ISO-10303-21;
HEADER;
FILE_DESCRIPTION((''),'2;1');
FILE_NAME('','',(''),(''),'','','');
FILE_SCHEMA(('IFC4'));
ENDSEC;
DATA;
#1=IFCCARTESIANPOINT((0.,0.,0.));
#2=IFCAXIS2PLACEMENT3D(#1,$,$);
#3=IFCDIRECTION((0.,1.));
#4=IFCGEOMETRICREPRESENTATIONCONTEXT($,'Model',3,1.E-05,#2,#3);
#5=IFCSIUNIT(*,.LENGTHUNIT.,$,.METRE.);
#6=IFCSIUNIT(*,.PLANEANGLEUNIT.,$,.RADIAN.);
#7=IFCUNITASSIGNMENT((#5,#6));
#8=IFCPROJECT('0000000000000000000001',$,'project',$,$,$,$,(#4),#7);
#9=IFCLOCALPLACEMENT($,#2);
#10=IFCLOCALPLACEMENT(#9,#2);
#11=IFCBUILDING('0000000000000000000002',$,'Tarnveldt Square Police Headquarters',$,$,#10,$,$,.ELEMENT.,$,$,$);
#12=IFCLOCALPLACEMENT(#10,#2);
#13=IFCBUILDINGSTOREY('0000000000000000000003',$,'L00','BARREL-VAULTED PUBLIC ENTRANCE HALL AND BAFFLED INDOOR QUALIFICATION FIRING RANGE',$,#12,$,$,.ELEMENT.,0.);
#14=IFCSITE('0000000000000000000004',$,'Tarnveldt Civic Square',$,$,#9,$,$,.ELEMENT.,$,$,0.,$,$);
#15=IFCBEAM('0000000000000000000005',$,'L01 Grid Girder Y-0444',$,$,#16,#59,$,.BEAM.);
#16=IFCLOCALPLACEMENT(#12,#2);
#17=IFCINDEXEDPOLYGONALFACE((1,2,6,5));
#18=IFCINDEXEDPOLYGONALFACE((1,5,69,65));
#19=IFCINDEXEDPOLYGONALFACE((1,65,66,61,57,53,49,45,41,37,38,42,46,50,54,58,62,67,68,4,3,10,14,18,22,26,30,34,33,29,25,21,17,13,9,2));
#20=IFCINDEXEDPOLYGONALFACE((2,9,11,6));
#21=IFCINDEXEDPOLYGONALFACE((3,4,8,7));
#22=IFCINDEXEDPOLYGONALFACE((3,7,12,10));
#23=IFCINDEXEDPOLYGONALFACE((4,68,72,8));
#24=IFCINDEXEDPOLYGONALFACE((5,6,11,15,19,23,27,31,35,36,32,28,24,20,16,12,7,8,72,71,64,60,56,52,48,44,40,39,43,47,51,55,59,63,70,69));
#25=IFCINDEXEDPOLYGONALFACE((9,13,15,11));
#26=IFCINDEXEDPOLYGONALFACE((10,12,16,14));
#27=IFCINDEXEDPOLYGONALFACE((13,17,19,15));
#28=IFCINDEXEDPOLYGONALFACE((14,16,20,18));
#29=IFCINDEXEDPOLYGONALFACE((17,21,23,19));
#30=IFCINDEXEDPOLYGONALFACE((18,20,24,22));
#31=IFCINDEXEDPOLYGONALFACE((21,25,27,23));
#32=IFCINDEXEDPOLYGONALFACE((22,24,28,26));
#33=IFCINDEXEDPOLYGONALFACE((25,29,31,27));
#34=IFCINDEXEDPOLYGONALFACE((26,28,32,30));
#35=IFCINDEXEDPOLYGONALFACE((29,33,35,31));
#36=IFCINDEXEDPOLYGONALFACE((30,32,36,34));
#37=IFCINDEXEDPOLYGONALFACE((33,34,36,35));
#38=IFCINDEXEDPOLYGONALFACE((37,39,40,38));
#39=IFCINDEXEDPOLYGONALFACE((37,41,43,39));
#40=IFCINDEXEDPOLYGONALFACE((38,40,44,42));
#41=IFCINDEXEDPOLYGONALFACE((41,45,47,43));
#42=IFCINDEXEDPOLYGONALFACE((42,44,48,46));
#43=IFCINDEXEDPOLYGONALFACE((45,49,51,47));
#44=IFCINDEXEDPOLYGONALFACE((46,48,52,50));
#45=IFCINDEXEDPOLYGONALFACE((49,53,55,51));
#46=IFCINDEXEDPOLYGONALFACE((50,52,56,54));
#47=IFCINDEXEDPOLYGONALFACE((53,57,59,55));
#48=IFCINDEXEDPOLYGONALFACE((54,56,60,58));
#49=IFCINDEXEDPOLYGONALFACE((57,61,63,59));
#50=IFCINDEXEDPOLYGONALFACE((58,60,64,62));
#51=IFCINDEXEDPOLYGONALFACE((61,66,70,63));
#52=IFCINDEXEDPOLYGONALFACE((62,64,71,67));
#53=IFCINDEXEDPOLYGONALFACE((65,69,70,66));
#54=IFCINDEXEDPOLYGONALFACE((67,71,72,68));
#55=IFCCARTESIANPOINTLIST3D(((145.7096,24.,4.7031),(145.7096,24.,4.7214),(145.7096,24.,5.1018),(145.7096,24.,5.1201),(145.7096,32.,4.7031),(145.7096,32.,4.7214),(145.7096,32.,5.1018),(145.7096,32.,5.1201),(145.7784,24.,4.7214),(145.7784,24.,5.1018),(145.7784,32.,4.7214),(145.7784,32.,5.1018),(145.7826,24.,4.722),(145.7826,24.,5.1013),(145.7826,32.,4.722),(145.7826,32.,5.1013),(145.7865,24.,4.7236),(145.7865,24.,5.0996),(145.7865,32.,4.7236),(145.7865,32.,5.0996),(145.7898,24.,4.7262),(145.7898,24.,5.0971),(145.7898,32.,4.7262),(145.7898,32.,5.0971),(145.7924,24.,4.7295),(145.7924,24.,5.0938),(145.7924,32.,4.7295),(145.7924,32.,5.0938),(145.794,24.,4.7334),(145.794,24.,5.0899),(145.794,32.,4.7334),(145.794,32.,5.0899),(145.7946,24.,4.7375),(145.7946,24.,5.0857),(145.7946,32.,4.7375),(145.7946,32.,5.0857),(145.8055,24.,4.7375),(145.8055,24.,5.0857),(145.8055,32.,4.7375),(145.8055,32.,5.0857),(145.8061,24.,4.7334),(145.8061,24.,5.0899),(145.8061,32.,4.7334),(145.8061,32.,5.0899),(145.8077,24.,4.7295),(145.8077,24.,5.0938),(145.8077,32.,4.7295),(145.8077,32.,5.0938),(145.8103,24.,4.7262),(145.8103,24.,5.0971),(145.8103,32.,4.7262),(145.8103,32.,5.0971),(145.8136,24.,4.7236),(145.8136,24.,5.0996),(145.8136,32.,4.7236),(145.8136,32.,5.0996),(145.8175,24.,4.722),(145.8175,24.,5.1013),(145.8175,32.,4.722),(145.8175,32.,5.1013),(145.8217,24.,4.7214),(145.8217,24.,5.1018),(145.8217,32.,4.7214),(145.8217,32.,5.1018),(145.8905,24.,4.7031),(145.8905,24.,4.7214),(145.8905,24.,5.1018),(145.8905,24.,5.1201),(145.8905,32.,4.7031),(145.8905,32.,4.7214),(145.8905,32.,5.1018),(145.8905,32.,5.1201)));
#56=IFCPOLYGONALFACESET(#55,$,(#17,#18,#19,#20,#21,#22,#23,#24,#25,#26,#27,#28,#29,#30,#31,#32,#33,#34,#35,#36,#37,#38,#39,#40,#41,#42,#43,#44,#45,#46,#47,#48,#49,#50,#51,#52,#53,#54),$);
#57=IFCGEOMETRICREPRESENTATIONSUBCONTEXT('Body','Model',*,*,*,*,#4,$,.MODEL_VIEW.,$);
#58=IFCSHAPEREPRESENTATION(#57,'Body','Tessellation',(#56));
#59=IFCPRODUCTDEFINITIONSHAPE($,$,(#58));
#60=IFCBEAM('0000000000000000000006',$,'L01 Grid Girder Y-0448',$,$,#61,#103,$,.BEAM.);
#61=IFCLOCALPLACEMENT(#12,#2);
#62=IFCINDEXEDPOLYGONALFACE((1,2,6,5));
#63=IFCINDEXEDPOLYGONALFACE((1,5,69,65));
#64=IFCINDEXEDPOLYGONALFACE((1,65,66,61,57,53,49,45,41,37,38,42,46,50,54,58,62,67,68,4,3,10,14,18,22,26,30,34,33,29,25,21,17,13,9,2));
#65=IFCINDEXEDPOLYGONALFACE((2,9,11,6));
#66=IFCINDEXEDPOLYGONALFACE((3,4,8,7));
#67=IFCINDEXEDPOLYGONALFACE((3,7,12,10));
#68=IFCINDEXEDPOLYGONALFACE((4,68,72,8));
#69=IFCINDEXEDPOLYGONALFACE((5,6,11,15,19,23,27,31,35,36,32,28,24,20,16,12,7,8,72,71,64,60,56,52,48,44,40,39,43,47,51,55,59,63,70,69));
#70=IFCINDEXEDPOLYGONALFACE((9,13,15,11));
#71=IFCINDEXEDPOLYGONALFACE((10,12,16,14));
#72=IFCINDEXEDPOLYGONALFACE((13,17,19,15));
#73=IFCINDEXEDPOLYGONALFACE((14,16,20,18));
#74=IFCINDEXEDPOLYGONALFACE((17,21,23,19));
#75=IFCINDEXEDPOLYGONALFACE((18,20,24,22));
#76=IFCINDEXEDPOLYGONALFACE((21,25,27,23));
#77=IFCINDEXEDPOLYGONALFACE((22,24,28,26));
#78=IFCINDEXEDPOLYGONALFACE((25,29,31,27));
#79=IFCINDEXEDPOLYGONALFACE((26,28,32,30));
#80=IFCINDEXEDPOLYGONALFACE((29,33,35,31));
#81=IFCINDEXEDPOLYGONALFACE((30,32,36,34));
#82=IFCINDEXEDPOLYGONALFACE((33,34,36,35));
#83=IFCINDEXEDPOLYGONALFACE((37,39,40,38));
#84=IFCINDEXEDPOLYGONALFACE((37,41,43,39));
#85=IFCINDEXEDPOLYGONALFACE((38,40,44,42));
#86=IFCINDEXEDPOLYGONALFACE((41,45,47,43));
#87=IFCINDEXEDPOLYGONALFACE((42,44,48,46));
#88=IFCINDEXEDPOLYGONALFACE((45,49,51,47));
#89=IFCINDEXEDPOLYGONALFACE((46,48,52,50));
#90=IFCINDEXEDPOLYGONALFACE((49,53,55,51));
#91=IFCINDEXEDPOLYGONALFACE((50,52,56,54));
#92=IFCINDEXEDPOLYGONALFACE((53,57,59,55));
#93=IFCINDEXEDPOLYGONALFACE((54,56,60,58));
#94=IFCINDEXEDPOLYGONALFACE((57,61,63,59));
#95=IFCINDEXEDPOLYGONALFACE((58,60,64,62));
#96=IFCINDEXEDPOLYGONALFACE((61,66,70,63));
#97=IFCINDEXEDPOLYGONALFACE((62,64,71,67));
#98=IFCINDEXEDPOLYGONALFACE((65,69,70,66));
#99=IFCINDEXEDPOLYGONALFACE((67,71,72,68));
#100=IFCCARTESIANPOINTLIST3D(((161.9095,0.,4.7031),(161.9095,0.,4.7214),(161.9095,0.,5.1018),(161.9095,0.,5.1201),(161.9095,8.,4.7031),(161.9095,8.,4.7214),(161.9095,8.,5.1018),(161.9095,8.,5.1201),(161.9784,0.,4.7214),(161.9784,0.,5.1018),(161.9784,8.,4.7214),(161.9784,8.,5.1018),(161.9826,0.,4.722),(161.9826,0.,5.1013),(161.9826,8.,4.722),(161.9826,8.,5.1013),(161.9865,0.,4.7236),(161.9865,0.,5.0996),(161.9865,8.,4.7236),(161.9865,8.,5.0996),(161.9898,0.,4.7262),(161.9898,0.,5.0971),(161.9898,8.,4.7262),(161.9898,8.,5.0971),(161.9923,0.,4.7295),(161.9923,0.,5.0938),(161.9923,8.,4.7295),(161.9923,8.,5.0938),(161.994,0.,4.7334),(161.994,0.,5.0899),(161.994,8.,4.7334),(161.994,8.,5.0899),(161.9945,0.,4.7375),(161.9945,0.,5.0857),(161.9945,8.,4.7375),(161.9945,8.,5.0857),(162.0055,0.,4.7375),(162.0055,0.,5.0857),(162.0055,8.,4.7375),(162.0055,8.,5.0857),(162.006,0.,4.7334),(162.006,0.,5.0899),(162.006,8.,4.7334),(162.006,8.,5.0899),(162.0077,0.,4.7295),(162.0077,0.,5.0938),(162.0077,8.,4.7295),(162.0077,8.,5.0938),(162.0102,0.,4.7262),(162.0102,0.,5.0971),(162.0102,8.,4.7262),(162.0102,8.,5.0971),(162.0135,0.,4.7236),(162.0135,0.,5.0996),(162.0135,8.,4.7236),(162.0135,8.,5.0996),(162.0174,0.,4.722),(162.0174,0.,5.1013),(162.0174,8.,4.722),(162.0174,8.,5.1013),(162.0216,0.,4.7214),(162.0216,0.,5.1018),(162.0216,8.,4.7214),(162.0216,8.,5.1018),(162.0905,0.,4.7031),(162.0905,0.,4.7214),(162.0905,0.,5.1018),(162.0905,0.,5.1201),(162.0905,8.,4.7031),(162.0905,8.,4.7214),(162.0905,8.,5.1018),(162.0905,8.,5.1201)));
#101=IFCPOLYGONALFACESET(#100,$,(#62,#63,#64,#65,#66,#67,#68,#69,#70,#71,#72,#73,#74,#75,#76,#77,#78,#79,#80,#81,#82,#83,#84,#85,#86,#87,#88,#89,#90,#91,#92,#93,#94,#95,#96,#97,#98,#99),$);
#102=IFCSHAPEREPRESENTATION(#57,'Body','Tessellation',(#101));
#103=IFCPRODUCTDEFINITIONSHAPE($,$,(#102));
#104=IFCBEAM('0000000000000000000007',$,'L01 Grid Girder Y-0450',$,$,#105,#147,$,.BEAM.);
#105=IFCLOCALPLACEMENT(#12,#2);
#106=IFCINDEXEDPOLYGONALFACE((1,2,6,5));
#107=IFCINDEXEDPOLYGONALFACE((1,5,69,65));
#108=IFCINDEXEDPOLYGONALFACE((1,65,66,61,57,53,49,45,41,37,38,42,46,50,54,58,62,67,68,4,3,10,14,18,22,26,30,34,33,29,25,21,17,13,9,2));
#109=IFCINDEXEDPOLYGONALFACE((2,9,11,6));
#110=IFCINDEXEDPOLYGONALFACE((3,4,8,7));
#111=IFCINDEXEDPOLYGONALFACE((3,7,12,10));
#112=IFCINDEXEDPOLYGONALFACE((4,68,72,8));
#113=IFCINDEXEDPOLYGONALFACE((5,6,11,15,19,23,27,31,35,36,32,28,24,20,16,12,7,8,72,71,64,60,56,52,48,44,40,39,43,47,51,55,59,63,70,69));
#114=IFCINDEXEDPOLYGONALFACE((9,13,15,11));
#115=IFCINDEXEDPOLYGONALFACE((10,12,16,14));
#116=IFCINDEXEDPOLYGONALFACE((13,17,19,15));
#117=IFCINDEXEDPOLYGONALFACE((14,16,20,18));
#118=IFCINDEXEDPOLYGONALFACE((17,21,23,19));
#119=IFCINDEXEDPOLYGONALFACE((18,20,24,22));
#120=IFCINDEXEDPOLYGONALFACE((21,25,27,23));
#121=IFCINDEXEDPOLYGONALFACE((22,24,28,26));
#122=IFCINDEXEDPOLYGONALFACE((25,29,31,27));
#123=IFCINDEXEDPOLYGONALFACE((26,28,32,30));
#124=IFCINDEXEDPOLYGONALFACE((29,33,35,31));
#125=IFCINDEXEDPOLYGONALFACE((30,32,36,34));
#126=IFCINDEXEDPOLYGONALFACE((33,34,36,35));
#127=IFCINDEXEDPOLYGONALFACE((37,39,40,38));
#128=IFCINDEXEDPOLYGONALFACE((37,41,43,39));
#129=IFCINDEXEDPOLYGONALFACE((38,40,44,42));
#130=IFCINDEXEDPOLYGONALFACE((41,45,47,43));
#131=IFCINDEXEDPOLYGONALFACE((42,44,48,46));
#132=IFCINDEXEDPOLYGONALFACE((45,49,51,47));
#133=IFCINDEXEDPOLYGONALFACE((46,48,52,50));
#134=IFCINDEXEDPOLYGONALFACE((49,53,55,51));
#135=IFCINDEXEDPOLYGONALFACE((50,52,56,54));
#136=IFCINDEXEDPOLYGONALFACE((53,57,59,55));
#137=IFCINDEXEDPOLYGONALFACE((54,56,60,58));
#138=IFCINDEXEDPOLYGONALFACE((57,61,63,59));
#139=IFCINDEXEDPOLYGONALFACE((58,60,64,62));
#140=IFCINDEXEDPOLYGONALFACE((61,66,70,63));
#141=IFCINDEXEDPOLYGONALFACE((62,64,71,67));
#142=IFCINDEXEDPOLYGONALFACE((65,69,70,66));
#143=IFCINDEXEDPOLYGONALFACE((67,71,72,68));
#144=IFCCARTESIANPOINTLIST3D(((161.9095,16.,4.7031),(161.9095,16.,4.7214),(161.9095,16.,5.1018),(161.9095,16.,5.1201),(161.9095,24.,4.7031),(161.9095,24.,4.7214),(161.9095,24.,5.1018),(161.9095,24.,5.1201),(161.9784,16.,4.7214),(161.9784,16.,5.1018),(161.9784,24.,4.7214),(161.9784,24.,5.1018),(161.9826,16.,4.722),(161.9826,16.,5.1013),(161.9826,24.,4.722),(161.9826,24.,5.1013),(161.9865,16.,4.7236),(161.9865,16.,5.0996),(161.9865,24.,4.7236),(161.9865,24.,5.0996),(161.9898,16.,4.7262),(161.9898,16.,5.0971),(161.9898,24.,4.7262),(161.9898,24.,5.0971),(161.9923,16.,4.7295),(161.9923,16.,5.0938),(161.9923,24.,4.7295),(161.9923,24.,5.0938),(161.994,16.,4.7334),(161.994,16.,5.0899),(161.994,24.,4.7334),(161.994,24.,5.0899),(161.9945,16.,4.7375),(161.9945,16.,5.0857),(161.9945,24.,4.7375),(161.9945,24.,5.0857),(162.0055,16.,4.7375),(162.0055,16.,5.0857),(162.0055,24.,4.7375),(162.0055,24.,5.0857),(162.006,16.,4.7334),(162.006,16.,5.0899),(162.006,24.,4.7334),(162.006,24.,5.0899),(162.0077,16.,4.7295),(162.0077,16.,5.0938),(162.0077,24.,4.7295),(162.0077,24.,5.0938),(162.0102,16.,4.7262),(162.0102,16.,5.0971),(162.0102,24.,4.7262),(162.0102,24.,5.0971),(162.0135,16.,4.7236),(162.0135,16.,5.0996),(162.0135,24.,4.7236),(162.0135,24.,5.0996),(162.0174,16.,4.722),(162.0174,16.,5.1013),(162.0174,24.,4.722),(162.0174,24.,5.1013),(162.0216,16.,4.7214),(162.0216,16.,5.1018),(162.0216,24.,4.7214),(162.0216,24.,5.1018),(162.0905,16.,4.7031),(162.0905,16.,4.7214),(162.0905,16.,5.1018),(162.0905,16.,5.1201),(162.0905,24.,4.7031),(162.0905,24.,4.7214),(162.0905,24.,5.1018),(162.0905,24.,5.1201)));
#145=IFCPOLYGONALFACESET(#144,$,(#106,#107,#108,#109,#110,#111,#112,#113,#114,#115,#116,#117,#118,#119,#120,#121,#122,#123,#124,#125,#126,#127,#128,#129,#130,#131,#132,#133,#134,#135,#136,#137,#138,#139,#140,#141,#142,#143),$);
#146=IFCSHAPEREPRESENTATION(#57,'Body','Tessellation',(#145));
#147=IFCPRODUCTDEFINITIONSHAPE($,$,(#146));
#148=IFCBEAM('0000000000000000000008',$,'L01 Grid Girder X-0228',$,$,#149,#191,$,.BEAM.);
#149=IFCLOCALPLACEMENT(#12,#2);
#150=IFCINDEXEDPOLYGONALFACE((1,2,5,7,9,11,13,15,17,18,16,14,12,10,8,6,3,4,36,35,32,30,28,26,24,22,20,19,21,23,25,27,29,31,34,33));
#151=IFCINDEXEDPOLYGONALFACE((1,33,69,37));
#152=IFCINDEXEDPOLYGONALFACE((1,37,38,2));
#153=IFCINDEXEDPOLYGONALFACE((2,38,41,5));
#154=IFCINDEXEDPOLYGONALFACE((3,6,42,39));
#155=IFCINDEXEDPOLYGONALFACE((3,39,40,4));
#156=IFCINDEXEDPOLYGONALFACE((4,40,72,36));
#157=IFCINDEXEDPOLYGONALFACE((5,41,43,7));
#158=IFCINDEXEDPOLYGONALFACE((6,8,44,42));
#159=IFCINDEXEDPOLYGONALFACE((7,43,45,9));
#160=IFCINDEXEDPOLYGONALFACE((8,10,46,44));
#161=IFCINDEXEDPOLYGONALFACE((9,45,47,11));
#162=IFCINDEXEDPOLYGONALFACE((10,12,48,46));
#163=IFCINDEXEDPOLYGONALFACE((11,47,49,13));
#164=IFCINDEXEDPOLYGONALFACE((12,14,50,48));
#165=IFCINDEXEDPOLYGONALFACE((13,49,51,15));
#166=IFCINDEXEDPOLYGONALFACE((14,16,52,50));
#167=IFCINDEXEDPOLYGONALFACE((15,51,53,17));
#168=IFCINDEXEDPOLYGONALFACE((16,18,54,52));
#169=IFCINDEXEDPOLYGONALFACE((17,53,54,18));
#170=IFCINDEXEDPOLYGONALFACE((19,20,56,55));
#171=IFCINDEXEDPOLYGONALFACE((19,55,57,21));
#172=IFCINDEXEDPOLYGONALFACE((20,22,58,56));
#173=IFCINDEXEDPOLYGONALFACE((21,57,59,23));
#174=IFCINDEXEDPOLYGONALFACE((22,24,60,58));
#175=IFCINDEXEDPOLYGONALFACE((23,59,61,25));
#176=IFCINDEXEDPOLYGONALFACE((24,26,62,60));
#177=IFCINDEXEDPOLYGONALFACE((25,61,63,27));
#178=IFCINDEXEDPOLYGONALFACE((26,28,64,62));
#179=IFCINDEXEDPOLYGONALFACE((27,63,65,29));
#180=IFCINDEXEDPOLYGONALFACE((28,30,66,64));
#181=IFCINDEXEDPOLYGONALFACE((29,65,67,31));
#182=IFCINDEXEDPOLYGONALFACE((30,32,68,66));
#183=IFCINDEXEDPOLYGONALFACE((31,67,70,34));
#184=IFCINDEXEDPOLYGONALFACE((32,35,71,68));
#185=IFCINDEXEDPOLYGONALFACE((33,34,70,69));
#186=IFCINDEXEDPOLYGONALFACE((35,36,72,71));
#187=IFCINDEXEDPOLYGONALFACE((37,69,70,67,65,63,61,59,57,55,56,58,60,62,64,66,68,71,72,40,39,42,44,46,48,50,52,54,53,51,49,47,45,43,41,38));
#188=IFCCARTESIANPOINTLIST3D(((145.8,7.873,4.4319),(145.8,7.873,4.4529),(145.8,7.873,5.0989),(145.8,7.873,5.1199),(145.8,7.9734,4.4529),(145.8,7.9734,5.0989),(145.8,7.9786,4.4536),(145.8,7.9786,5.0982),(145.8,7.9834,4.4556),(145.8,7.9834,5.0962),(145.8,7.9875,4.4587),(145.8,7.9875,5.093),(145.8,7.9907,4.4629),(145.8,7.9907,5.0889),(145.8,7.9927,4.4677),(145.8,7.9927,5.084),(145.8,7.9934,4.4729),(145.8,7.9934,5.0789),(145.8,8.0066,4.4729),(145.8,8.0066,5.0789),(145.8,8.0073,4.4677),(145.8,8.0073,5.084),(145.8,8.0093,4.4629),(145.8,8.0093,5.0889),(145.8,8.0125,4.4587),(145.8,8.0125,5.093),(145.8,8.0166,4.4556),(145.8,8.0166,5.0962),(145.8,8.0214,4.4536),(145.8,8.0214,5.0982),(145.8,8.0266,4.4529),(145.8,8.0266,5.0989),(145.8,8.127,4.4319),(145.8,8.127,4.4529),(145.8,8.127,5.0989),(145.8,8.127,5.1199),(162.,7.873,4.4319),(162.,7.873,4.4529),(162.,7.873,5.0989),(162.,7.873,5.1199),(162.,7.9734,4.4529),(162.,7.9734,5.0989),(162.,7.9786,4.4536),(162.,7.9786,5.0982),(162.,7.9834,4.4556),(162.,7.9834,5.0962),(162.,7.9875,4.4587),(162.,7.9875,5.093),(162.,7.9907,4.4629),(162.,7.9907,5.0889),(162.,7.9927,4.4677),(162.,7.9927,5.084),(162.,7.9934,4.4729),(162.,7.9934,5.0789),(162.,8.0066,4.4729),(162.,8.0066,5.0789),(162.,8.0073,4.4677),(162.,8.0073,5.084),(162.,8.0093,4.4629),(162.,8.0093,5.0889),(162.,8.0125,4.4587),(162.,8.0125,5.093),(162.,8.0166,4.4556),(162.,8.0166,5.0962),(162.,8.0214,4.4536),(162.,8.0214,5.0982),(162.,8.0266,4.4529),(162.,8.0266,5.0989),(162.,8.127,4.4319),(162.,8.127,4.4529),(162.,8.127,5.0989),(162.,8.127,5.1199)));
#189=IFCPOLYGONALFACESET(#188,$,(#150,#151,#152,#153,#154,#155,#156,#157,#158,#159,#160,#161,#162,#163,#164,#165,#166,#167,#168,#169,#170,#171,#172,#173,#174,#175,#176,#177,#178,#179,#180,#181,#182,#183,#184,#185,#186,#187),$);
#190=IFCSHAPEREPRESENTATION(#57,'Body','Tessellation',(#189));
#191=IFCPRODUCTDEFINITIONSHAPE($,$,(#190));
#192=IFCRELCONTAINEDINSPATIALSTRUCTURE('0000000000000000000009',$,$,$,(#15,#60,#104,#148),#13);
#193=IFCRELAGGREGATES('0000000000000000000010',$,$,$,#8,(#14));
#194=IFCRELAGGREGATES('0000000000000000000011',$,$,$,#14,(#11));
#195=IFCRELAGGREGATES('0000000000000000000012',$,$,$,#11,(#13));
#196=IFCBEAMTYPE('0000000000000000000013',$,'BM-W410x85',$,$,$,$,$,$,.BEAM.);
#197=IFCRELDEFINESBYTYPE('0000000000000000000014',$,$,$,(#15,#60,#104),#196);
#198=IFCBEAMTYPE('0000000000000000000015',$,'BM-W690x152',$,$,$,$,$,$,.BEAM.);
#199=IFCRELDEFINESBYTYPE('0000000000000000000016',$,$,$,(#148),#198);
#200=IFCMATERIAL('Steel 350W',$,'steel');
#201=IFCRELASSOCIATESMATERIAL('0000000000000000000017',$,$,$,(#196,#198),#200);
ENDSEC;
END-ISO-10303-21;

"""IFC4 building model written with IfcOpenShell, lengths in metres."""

from ifc_helpers import new_model, si_unit, direction, frame, origin, origin_2d, place, context, subcontext, project, spatial, i_section, extrude, material, material_profile, profile_set, type_object, element, save


model = new_model("IFC4")

# Units and contexts
model_context = context("Model", 3, precision=1e-05, world=origin(), true_north=direction((0.0, 1.0)))
body_context = subcontext(model_context, "Body", "Model", "MODEL_VIEW")
ifc_project = project(units=[si_unit("LENGTHUNIT", "METRE"), si_unit("PLANEANGLEUNIT", "RADIAN")], contexts=[model_context])

# Site, building, storey
site_placement = place(None, origin())
site = spatial("IfcSite", under=ifc_project, at=site_placement, Name="Tarnveldt Civic Square", CompositionType="ELEMENT", RefElevation=0.0)
building_placement = place(site_placement, origin())
building = spatial("IfcBuilding", under=site, at=building_placement, Name="Tarnveldt Square Police Headquarters", CompositionType="ELEMENT")
storey_placement = place(building_placement, origin())
storey = spatial("IfcBuildingStorey", under=building, at=storey_placement, Name="L00", Description="BARREL-VAULTED PUBLIC ENTRANCE HALL AND BAFFLED INDOOR QUALIFICATION FIRING RANGE", CompositionType="ELEMENT", Elevation=0.0)

# Beams
ifc_material_1 = material(Name="Steel 350W", Category="steel")
ifc_material_profile_1 = material_profile(ifc_material_1, i_section(OverallWidth=0.1809, OverallDepth=0.417, WebThickness=0.011, FlangeThickness=0.0183, FilletRadius=0.0161, at=origin_2d()), Name="W410x85")
ifc_profile_set_1 = profile_set([ifc_material_profile_1], Name="Steel 350W")
beam_type_1 = type_object("IfcBeamType", Name="BM-W410x85", PredefinedType="BEAM", material=ifc_profile_set_1)
for number, where, z_axis, x_axis, name in (
    (1, (145.8, 24.0, 4.9116), (0.0, 1.0, 0.0), (-1.0, 0.0, 0.0), "L01 Grid Girder Y-0444"),
    (2, (162.0, 0.0, 4.9116), (0.0, 1.0, 0.0), (-1.0, 0.0, 0.0), "L01 Grid Girder Y-0448"),
    (3, (162.0, 16.0, 4.9116), (0.0, 1.0, 0.0), (-1.0, 0.0, 0.0), "L01 Grid Girder Y-0450"),
):
    element("IfcBeam", number, at=place(storey_placement, frame(where, z_axis=z_axis, x_axis=x_axis)), inside=storey, type_object=beam_type_1, Name=name, PredefinedType="BEAM", context=body_context, shape_type="SweptSolid", body=[
        extrude(i_section(OverallWidth=0.1809, OverallDepth=0.417, WebThickness=0.011, FlangeThickness=0.0183, FilletRadius=0.0161, at=origin_2d()), origin(), (0.0, 0.0, 1.0), 8.0),
    ])
ifc_material_profile_2 = material_profile(ifc_material_1, i_section(OverallWidth=0.2539, OverallDepth=0.688, WebThickness=0.0132, FlangeThickness=0.021, FilletRadius=0.02, at=origin_2d()), Name="W690x152")
ifc_profile_set_2 = profile_set([ifc_material_profile_2], Name="Steel 350W")
beam_type_2 = type_object("IfcBeamType", Name="BM-W690x152", PredefinedType="BEAM", material=ifc_profile_set_2)
beam_1_placement = place(storey_placement, frame((145.8, 8.0, 4.7759), z_axis=(1.0, 0.0, 0.0), x_axis=(0.0, 1.0, 0.0)))
element("IfcBeam", 4, at=beam_1_placement, inside=storey, type_object=beam_type_2, Name="L01 Grid Girder X-0228", PredefinedType="BEAM", context=body_context, shape_type="SweptSolid", body=[
    extrude(i_section(OverallWidth=0.2539, OverallDepth=0.688, WebThickness=0.0132, FlangeThickness=0.021, FilletRadius=0.02, at=origin_2d()), origin(), (0.0, 0.0, 1.0), 16.2),
])

save(model, "model.ifc")
